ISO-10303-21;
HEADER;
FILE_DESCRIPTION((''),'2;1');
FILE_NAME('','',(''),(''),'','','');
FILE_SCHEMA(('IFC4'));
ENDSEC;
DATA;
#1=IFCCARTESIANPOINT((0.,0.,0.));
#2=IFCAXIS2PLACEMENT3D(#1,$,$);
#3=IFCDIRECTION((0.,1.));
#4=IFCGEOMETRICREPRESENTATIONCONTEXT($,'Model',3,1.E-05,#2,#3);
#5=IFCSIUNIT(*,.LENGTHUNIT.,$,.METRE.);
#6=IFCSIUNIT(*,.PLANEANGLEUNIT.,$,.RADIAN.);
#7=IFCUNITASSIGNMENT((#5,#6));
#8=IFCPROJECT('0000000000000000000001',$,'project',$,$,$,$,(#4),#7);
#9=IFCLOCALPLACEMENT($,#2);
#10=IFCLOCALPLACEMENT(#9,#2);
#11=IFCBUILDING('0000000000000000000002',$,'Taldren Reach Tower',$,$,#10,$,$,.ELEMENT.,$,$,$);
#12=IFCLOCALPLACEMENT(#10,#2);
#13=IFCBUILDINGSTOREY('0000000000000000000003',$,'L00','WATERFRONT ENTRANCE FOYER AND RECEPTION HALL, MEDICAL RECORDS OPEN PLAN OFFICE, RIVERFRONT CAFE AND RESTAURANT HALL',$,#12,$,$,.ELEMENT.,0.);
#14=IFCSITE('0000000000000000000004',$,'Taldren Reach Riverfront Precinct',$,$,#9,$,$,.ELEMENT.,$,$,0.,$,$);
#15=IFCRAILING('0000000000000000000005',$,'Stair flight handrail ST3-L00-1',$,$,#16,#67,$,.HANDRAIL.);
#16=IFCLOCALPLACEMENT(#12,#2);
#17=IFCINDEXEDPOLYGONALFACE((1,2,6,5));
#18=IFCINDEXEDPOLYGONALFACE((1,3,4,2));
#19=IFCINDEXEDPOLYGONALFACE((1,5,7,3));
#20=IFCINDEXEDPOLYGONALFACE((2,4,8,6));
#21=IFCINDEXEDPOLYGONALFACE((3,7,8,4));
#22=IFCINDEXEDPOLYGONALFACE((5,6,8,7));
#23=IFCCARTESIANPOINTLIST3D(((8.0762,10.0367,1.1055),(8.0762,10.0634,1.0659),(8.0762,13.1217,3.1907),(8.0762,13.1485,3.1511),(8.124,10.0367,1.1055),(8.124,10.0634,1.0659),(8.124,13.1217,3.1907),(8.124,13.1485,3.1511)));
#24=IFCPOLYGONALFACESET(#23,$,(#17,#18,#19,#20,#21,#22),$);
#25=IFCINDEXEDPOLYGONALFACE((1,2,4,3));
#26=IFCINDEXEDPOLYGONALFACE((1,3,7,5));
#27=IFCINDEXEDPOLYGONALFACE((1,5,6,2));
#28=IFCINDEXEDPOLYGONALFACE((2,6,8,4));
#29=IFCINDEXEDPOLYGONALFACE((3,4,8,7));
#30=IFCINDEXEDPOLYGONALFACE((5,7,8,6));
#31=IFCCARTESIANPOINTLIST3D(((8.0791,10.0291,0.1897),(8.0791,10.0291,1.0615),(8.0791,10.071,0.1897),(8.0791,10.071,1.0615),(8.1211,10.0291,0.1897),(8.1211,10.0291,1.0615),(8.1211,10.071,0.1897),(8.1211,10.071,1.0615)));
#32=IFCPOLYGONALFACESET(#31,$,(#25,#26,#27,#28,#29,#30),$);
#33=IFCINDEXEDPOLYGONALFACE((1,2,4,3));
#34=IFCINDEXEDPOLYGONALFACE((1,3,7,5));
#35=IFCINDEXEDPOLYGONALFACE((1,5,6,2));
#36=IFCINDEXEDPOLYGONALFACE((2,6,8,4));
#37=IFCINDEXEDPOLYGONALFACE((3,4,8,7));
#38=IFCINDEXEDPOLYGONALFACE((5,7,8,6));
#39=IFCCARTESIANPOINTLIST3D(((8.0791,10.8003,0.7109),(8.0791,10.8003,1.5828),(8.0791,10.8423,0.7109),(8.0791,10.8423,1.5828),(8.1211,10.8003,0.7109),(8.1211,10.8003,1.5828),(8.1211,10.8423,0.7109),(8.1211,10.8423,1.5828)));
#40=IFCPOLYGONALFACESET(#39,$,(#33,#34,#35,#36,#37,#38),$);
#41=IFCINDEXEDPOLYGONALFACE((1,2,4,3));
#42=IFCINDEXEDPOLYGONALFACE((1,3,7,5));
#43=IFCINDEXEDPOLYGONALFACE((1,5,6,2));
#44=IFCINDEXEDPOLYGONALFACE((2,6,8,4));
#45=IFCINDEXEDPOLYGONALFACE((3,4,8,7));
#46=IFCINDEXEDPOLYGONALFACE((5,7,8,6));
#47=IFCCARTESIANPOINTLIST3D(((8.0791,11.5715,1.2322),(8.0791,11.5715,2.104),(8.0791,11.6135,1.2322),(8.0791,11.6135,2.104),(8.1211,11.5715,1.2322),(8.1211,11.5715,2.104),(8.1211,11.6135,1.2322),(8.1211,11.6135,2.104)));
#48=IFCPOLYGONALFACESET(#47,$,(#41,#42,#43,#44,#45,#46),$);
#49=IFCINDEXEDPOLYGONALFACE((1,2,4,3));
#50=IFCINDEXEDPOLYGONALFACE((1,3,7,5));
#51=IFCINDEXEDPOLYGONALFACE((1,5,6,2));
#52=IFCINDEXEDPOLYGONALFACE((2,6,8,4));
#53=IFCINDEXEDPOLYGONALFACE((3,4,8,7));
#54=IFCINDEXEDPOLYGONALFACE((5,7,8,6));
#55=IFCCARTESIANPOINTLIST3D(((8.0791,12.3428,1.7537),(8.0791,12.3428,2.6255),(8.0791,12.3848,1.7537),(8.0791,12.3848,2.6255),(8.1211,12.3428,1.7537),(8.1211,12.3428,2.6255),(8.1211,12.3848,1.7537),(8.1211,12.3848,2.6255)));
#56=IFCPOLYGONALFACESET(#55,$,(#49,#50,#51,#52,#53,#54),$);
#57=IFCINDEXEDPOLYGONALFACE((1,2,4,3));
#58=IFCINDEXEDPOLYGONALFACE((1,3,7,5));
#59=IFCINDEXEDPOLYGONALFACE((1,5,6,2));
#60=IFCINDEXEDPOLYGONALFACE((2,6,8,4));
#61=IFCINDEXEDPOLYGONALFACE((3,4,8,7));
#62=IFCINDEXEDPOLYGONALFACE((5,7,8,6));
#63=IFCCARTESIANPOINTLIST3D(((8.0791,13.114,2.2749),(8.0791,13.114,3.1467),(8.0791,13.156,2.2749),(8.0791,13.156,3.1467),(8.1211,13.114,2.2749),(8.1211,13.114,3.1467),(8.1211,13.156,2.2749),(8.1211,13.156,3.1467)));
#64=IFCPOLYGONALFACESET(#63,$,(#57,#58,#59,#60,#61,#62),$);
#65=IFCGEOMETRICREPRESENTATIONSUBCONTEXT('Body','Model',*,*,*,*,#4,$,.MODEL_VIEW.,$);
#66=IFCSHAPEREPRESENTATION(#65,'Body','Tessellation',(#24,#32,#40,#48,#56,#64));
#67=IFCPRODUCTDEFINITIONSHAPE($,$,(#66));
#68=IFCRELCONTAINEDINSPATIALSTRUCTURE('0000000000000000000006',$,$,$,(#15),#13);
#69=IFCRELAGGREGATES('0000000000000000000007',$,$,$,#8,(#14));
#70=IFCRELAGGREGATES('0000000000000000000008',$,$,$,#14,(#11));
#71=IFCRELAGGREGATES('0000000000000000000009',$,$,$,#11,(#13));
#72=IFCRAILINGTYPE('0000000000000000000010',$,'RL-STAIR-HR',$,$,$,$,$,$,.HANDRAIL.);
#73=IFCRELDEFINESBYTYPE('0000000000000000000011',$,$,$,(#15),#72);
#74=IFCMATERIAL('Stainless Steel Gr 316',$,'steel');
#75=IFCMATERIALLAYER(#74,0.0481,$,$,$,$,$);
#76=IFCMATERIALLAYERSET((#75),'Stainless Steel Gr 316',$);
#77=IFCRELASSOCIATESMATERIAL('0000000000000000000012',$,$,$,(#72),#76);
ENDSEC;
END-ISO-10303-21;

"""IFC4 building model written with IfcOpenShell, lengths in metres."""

from ifc_helpers import new_model, si_unit, direction, frame, origin, origin_2d, place, context, subcontext, project, spatial, rectangle, extrude, material, layer, layer_set, type_object, element, save


model = new_model("IFC4")

# Units and contexts
model_context = context("Model", 3, precision=1e-05, world=origin(), true_north=direction((0.0, 1.0)))
body_context = subcontext(model_context, "Body", "Model", "MODEL_VIEW")
ifc_project = project(units=[si_unit("LENGTHUNIT", "METRE"), si_unit("PLANEANGLEUNIT", "RADIAN")], contexts=[model_context])

# Site, building, storey
site_placement = place(None, origin())
site = spatial("IfcSite", under=ifc_project, at=site_placement, Name="Taldren Reach Riverfront Precinct", CompositionType="ELEMENT", RefElevation=0.0)
building_placement = place(site_placement, origin())
building = spatial("IfcBuilding", under=site, at=building_placement, Name="Taldren Reach Tower", CompositionType="ELEMENT")
storey_placement = place(building_placement, origin())
storey = spatial("IfcBuildingStorey", under=building, at=storey_placement, Name="L00", Description="WATERFRONT ENTRANCE FOYER AND RECEPTION HALL, MEDICAL RECORDS OPEN PLAN OFFICE, RIVERFRONT CAFE AND RESTAURANT HALL", CompositionType="ELEMENT", Elevation=0.0)

# Railing
ifc_material_1 = material(Name="Stainless Steel Gr 316", Category="steel")
ifc_layer_1 = layer(ifc_material_1, 0.0481)
ifc_layer_set_1 = layer_set([ifc_layer_1], Name="Stainless Steel Gr 316")
railing_type_1 = type_object("IfcRailingType", Name="RL-STAIR-HR", PredefinedType="HANDRAIL", material=ifc_layer_set_1)
railing_1_placement = place(storey_placement, frame((8.1001, 10.05, 0.1897)))
element("IfcRailing", 1, at=railing_1_placement, inside=storey, type_object=railing_type_1, Name="Stair flight handrail ST3-L00-1", PredefinedType="HANDRAIL", context=body_context, shape_type="SweptSolid", body=[
    extrude(rectangle(XDim=0.0479, YDim=0.0479, at=origin_2d()), frame((0.0, 0.0, 0.896), z_axis=(0.0, 0.828493, 0.56), x_axis=(-1.0, 0.0, 0.0)), (0.0, 0.0, 1.0), 3.7236),
    extrude(rectangle(XDim=0.042, YDim=0.042, at=origin_2d()), origin(), (0.0, 0.0, 1.0), 0.8718),
    extrude(rectangle(XDim=0.042, YDim=0.042, at=origin_2d()), frame((0.0, 0.7712, 0.5212)), (0.0, 0.0, 1.0), 0.8718),
    extrude(rectangle(XDim=0.042, YDim=0.042, at=origin_2d()), frame((0.0, 1.5425, 1.0425)), (0.0, 0.0, 1.0), 0.8718),
    extrude(rectangle(XDim=0.042, YDim=0.042, at=origin_2d()), frame((0.0, 2.3137, 1.564)), (0.0, 0.0, 1.0), 0.8718),
    extrude(rectangle(XDim=0.042, YDim=0.042, at=origin_2d()), frame((0.0, 3.085, 2.0852)), (0.0, 0.0, 1.0), 0.8718),
])

save(model, "model.ifc")
